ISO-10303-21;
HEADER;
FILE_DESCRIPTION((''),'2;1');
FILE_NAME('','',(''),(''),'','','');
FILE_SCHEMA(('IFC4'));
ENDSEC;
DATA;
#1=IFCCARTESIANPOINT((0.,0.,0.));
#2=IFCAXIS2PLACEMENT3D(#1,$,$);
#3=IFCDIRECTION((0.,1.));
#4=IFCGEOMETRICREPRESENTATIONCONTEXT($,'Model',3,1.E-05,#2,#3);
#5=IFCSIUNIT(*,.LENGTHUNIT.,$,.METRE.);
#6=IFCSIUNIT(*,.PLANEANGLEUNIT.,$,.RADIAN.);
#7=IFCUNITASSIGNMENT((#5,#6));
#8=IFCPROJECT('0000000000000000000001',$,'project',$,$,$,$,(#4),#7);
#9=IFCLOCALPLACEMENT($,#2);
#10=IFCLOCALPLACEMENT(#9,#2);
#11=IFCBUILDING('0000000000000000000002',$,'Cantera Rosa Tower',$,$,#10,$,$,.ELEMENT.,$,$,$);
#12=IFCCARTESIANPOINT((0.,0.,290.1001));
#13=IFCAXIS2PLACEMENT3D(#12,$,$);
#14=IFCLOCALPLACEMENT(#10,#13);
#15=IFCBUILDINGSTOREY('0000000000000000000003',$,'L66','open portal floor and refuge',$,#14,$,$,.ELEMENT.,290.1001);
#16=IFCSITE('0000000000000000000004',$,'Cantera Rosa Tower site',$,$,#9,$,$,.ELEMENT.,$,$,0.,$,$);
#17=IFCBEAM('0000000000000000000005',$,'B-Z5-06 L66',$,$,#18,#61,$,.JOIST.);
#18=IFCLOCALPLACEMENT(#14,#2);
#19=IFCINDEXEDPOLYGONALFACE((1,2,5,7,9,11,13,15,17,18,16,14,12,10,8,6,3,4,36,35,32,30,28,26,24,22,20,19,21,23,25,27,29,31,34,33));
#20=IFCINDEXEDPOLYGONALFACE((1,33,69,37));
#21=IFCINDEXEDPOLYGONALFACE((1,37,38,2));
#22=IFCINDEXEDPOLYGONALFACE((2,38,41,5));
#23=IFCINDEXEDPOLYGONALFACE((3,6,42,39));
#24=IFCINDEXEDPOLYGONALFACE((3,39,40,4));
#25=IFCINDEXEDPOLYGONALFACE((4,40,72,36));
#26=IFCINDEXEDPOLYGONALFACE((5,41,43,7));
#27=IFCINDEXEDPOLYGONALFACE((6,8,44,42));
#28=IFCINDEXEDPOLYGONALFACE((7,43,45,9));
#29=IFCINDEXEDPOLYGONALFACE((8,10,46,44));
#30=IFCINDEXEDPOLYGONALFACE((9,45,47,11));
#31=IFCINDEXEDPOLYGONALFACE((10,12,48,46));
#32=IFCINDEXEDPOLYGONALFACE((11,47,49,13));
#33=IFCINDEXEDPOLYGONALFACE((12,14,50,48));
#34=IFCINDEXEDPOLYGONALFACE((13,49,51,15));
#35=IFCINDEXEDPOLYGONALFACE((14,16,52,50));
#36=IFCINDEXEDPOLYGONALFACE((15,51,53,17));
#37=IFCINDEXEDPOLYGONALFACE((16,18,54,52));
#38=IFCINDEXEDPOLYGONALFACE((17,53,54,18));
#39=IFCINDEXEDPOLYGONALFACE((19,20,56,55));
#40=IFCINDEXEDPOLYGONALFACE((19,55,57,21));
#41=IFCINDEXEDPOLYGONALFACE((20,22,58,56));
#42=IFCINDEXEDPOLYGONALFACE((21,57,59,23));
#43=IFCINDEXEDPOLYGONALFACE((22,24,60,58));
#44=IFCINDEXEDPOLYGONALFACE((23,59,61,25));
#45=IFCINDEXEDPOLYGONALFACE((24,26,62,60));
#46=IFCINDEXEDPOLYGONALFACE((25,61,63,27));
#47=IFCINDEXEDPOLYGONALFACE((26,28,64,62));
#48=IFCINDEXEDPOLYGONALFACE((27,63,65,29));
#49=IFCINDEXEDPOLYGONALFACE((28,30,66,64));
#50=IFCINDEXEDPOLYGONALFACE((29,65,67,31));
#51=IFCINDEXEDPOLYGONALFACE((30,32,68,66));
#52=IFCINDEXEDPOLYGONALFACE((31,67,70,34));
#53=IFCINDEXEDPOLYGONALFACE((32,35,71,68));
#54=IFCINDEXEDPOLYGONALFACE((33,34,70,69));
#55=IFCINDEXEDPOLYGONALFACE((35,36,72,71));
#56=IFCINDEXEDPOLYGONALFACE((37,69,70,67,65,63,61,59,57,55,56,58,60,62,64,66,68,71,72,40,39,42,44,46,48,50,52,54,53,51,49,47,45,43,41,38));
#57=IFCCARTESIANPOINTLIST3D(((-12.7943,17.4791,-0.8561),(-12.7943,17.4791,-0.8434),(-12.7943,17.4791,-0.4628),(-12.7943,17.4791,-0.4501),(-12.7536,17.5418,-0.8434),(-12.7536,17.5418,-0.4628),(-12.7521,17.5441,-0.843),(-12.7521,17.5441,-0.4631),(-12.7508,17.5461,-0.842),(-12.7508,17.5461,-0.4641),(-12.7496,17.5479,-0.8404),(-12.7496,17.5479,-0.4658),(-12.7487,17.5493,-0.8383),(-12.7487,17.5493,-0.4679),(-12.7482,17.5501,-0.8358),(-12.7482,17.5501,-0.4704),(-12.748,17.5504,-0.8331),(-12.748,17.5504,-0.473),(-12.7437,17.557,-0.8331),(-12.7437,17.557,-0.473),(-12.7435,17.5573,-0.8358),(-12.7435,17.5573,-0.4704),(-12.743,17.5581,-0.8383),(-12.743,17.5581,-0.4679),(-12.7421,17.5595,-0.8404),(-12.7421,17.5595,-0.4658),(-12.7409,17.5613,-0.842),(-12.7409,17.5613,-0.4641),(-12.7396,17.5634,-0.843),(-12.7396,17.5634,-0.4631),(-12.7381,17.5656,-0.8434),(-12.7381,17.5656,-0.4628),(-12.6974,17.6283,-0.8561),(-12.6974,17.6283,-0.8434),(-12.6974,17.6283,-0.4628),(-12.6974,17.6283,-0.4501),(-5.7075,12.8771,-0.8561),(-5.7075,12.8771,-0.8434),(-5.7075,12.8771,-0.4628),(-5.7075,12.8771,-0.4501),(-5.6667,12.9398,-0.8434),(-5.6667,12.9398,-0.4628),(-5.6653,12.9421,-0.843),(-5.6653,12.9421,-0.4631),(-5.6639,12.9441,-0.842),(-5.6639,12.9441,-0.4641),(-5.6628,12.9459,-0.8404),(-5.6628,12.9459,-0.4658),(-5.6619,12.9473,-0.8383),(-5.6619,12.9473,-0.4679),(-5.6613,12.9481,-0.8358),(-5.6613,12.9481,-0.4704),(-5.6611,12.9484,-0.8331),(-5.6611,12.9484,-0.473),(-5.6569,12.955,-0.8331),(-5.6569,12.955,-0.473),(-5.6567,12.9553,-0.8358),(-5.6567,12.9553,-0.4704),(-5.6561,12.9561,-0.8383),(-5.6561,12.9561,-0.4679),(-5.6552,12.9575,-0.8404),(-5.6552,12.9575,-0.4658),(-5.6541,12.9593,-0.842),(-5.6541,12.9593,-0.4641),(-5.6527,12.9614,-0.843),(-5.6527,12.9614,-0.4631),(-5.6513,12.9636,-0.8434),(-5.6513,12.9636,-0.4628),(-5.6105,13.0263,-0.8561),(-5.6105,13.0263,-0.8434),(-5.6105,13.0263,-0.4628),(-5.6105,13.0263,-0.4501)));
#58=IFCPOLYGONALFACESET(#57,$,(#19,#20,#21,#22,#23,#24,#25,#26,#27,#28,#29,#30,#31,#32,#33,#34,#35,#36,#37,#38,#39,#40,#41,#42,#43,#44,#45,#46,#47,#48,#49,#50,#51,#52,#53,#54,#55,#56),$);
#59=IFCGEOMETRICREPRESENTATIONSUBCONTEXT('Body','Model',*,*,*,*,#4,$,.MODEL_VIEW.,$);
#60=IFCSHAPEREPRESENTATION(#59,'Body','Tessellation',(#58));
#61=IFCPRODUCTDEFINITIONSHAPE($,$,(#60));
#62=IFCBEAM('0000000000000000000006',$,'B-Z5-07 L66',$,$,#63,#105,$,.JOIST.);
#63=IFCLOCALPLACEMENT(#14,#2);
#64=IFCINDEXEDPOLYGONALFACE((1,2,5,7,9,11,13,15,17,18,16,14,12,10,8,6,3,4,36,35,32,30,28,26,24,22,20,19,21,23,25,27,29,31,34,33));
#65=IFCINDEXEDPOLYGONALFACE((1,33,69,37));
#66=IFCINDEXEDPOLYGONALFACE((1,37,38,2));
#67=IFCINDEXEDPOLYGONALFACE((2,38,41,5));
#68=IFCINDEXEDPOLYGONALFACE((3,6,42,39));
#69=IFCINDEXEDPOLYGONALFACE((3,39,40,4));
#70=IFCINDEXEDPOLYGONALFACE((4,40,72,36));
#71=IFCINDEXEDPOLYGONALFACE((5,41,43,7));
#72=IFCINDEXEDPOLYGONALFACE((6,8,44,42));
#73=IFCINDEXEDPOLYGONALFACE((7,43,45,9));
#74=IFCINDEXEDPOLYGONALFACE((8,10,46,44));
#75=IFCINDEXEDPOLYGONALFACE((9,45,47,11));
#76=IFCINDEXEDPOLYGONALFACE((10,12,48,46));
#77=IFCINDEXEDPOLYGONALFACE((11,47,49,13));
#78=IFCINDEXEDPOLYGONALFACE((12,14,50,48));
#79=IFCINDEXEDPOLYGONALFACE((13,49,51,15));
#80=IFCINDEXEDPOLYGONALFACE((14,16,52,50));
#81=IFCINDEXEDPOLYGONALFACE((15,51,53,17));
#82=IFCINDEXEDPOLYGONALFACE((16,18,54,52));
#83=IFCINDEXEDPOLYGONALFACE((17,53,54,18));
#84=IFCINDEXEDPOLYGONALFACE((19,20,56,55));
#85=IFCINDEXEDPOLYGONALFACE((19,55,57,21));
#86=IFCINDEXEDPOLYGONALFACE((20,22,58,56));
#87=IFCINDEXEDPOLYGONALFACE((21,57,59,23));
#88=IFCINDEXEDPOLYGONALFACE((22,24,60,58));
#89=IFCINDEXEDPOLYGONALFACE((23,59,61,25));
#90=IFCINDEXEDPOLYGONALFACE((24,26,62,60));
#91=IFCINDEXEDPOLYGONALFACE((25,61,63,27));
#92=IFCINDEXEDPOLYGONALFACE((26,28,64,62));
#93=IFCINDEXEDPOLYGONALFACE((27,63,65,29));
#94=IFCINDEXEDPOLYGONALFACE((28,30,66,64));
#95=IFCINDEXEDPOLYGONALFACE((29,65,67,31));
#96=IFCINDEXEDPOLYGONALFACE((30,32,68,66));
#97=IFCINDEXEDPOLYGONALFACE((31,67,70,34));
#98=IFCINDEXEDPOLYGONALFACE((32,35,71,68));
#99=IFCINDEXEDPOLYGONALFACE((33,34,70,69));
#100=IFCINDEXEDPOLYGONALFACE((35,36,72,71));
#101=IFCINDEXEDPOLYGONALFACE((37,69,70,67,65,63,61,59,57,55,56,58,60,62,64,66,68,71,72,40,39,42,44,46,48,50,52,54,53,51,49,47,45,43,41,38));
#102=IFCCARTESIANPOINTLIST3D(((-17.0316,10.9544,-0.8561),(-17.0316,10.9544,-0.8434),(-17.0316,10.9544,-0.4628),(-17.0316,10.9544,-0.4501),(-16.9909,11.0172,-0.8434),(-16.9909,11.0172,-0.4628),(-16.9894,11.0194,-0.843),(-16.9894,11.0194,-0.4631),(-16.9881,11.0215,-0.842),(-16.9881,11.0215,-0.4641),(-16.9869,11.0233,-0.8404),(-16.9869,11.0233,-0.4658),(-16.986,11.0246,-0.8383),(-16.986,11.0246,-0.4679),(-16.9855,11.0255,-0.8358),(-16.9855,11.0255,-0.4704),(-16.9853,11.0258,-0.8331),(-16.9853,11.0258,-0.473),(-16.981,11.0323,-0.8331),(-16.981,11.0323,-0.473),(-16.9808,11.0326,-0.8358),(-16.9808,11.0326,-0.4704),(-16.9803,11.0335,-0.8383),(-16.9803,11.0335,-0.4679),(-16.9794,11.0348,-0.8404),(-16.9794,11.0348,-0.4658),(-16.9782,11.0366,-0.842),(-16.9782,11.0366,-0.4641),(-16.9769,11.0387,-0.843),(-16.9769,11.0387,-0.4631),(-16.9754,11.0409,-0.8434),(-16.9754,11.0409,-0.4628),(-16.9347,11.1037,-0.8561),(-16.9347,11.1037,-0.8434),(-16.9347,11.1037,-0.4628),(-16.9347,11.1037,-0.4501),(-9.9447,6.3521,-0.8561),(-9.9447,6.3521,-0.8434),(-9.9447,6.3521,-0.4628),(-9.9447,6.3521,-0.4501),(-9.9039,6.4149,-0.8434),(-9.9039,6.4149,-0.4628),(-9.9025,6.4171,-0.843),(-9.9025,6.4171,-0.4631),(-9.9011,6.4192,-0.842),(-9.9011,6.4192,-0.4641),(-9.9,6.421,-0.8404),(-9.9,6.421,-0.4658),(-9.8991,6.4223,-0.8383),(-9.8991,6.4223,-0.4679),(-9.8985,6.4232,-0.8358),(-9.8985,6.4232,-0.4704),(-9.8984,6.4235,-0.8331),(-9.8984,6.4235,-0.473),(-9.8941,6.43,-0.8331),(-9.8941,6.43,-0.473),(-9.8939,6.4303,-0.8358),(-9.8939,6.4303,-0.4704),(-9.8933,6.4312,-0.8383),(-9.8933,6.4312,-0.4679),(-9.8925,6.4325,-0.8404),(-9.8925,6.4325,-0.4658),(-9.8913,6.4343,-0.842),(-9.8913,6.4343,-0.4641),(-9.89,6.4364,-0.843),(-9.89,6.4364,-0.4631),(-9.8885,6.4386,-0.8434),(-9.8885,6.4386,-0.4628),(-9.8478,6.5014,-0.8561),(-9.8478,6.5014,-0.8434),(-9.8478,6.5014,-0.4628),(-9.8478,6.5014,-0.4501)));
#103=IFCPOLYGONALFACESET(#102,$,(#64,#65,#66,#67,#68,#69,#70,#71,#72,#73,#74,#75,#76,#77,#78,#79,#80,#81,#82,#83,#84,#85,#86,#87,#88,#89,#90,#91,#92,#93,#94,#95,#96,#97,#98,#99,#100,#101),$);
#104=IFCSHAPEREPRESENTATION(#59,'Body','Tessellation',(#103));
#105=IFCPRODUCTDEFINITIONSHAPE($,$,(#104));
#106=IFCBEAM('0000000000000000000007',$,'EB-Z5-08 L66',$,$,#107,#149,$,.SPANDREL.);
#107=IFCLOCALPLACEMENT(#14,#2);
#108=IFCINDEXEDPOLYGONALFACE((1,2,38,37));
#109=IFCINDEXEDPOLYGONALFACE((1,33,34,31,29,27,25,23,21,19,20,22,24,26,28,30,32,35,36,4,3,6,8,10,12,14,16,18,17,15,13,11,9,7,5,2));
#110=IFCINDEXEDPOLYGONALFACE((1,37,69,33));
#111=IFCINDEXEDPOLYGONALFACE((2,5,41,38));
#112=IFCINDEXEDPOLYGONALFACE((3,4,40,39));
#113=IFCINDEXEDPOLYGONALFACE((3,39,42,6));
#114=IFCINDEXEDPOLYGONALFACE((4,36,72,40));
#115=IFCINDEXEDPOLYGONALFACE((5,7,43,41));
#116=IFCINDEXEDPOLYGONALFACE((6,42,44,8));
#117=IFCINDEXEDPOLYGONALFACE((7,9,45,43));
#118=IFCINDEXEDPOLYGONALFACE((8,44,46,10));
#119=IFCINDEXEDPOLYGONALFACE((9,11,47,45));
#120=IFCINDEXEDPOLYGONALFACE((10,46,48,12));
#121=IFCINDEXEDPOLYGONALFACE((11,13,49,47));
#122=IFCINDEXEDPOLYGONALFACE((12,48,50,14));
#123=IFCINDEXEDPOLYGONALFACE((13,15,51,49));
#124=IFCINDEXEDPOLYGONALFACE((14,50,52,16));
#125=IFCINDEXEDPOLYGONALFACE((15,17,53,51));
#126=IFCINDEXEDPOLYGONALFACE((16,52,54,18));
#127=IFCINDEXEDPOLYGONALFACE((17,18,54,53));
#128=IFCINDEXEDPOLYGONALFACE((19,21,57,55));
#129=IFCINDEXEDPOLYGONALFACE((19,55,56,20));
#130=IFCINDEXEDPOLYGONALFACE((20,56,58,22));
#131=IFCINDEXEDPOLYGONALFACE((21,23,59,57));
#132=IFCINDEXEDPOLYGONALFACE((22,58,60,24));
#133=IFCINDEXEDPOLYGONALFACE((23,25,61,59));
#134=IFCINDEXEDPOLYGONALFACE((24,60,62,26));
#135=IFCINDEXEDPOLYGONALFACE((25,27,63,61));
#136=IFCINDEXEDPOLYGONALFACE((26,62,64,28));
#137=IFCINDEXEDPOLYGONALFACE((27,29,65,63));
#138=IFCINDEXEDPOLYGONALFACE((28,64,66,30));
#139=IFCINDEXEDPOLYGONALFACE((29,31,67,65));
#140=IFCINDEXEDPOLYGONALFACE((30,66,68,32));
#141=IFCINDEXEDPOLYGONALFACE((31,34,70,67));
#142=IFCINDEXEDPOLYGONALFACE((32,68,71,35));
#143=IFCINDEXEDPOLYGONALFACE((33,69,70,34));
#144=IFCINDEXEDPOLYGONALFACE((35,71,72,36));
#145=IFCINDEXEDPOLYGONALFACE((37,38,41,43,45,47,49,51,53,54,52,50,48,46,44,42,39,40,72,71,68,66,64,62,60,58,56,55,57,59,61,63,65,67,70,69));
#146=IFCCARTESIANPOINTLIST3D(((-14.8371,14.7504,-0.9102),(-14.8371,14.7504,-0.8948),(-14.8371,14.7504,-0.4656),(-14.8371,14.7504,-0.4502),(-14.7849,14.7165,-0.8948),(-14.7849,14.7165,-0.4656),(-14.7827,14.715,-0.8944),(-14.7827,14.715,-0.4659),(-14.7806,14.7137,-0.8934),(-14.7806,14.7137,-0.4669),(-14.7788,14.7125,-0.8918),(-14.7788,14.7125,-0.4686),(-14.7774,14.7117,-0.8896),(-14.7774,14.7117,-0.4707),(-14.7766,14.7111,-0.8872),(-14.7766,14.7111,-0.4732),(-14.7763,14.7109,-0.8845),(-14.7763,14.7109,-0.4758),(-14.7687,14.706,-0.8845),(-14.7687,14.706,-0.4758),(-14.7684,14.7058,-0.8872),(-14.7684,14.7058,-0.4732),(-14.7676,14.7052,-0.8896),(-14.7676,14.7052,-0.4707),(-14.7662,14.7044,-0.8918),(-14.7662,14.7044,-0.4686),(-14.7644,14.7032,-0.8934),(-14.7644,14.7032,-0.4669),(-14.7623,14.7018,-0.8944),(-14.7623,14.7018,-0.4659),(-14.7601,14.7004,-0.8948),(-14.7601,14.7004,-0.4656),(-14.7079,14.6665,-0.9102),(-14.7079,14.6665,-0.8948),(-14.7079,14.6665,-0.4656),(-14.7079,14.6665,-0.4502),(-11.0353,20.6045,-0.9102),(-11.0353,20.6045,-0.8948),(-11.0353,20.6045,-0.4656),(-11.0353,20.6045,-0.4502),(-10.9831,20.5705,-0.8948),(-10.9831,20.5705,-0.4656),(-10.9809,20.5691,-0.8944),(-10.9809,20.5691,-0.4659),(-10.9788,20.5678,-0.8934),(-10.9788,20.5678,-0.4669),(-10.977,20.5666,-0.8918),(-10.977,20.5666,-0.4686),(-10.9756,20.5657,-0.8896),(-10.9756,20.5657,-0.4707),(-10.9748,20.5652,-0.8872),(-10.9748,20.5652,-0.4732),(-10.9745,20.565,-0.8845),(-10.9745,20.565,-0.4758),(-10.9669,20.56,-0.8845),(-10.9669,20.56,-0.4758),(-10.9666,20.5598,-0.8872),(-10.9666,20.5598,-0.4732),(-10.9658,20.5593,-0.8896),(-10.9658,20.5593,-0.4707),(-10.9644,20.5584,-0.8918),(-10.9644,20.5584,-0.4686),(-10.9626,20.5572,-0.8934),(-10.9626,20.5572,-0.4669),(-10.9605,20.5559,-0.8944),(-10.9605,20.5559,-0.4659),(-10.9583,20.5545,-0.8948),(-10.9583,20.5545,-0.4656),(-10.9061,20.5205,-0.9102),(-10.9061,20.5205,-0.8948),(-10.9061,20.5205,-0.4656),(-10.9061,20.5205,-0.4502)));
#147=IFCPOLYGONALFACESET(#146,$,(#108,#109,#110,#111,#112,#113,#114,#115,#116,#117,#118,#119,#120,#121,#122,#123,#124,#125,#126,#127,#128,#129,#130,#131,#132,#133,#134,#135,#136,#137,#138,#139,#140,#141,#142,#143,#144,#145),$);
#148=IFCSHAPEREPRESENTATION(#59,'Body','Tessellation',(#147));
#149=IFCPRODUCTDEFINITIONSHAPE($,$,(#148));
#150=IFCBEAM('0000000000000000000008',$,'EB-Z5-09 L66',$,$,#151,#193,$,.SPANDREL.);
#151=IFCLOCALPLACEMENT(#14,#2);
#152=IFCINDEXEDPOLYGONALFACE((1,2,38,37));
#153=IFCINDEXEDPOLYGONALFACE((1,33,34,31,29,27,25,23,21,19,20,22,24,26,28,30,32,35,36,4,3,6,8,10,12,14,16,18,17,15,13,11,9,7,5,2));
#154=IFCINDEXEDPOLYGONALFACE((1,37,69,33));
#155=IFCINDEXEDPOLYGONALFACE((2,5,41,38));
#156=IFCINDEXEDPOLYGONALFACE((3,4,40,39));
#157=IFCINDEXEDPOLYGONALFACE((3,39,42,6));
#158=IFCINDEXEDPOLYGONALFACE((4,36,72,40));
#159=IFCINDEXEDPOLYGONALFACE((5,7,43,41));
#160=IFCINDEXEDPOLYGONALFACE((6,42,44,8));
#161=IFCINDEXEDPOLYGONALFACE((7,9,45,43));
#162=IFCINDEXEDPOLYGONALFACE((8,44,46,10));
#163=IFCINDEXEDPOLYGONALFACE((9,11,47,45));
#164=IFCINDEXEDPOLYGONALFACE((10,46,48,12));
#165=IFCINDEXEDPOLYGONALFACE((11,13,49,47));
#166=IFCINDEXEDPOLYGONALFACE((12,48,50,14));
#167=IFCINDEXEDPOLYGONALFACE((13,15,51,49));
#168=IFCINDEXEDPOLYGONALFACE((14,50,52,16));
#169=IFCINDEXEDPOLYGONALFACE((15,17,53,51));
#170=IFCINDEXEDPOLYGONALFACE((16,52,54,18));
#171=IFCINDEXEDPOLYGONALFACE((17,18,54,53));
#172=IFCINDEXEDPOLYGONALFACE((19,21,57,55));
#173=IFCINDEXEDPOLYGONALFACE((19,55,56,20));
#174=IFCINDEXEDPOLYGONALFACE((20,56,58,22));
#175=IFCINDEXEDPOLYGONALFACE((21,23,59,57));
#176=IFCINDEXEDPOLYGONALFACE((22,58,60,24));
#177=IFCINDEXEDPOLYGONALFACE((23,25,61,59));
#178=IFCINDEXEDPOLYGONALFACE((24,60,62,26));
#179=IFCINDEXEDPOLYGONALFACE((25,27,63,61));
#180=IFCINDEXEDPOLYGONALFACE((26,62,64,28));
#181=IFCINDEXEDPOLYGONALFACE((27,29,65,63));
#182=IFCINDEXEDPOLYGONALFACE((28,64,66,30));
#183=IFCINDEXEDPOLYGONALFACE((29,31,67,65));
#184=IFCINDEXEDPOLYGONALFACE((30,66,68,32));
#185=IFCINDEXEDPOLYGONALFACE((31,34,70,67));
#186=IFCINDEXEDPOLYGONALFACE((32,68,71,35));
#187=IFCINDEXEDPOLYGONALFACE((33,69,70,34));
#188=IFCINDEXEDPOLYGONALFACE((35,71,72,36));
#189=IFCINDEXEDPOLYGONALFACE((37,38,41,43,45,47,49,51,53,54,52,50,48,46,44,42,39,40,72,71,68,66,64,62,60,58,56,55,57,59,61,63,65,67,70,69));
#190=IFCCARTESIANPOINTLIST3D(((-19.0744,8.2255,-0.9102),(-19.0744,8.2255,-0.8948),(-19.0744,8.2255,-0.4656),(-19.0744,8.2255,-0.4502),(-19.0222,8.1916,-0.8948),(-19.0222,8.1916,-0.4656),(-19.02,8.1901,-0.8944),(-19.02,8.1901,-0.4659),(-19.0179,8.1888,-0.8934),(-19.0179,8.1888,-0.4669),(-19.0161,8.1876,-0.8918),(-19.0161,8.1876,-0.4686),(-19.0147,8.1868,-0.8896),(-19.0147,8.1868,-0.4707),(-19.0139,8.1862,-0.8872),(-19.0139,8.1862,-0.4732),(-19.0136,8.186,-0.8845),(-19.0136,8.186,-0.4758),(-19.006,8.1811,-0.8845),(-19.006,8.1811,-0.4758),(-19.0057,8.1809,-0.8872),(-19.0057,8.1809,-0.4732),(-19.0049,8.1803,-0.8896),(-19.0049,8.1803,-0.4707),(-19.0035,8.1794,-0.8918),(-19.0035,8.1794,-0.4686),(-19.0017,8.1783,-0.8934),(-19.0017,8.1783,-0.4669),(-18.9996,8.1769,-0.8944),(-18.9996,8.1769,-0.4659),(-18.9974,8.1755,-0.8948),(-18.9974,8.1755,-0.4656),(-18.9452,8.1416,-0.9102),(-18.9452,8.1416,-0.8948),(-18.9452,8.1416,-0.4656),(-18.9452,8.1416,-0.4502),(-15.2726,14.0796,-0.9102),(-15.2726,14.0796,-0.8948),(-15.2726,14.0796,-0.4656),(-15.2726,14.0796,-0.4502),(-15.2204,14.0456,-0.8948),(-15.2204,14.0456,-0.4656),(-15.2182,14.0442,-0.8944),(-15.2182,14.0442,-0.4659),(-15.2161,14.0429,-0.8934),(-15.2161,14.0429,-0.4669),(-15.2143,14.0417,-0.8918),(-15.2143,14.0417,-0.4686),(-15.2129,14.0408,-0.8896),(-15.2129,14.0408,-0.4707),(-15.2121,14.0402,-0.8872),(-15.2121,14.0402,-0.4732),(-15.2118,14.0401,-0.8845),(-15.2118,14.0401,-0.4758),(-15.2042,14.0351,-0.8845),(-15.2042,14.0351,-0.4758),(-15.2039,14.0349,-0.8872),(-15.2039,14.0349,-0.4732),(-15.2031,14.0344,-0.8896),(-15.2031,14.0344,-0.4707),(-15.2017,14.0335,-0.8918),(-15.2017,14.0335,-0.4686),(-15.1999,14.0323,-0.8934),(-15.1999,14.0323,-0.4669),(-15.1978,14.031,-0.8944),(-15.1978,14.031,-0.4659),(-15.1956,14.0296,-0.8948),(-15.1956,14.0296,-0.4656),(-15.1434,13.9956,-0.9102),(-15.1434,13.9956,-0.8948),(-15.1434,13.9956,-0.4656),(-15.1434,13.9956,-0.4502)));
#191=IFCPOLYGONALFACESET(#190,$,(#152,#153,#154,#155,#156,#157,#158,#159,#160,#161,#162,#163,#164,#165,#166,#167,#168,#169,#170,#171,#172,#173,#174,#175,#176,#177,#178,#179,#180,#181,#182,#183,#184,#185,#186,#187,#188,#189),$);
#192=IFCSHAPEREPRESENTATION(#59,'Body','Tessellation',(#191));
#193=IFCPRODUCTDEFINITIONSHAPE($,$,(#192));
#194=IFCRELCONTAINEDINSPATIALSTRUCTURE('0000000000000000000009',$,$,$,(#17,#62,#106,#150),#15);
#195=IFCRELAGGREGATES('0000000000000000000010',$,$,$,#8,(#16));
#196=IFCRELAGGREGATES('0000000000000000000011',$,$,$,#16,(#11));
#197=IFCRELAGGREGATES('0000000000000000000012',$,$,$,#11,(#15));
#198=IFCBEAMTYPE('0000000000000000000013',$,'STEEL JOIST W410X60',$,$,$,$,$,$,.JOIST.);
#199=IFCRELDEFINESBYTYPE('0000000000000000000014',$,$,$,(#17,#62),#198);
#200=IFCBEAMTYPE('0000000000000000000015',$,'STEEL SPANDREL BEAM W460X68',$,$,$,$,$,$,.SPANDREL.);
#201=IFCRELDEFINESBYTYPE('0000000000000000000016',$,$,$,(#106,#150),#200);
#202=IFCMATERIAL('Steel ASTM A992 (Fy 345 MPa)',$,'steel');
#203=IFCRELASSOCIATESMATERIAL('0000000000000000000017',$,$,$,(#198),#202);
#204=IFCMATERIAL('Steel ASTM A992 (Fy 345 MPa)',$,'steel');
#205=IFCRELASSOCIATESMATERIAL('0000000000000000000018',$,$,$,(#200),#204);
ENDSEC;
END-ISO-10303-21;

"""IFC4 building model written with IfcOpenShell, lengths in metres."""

from ifc_helpers import new_model, si_unit, direction, frame, origin, origin_2d, place, context, subcontext, project, spatial, i_section, extrude, material, material_profile, profile_set, type_object, element, save


model = new_model("IFC4")

# Units and contexts
model_context = context("Model", 3, precision=1e-05, world=origin(), true_north=direction((0.0, 1.0)))
body_context = subcontext(model_context, "Body", "Model", "MODEL_VIEW")
ifc_project = project(units=[si_unit("LENGTHUNIT", "METRE"), si_unit("PLANEANGLEUNIT", "RADIAN")], contexts=[model_context])

# Site, building, storey
site_placement = place(None, origin())
site = spatial("IfcSite", under=ifc_project, at=site_placement, Name="Cantera Rosa Tower site", CompositionType="ELEMENT", RefElevation=0.0)
building_placement = place(site_placement, origin())
building = spatial("IfcBuilding", under=site, at=building_placement, Name="Cantera Rosa Tower", CompositionType="ELEMENT")
storey_placement = place(building_placement, frame((0.0, 0.0, 290.1001)))
storey = spatial("IfcBuildingStorey", under=building, at=storey_placement, Name="L66", Description="open portal floor and refuge", CompositionType="ELEMENT", Elevation=290.1001)

# Beams
ifc_material_1 = material(Name="Steel ASTM A992 (Fy 345 MPa)", Category="steel")
ifc_material_profile_1 = material_profile(ifc_material_1, i_section(OverallWidth=0.178, OverallDepth=0.406, WebThickness=0.0078, FlangeThickness=0.0127, FilletRadius=0.0103, at=origin_2d()), Name="W410X60")
ifc_profile_set_1 = profile_set([ifc_material_profile_1], Name="Steel ASTM A992 (Fy 345 MPa)")
beam_type_1 = type_object("IfcBeamType", Name="STEEL JOIST W410X60", PredefinedType="JOIST", material=ifc_profile_set_1)
beam_1_placement = place(storey_placement, frame((-12.7458, 17.5537, -0.6531), z_axis=(0.838684, -0.544619, 0.0), x_axis=(0.544619, 0.838684, 0.0)))
element("IfcBeam", 1, at=beam_1_placement, inside=storey, type_object=beam_type_1, Name="B-Z5-06 L66", PredefinedType="JOIST", context=body_context, shape_type="SweptSolid", body=[
    extrude(i_section(OverallWidth=0.178, OverallDepth=0.406, WebThickness=0.0078, FlangeThickness=0.0127, FilletRadius=0.0103, at=origin_2d()), origin(), (0.0, 0.0, 1.0), 8.45),
])
beam_2_placement = place(storey_placement, frame((-16.9832, 11.0291, -0.6531), z_axis=(0.838671, -0.544639, 0.0), x_axis=(0.544639, 0.838671, 0.0)))
element("IfcBeam", 2, at=beam_2_placement, inside=storey, type_object=beam_type_1, Name="B-Z5-07 L66", PredefinedType="JOIST", context=body_context, shape_type="SweptSolid", body=[
    extrude(i_section(OverallWidth=0.178, OverallDepth=0.406, WebThickness=0.0078, FlangeThickness=0.0127, FilletRadius=0.0103, at=origin_2d()), origin(), (0.0, 0.0, 1.0), 8.4502),
])
ifc_material_2 = material(Name="Steel ASTM A992 (Fy 345 MPa)", Category="steel")
ifc_material_profile_2 = material_profile(ifc_material_2, i_section(OverallWidth=0.1541, OverallDepth=0.46, WebThickness=0.009, FlangeThickness=0.0154, FilletRadius=0.0103, at=origin_2d()), Name="W460X68")
ifc_profile_set_2 = profile_set([ifc_material_profile_2], Name="Steel ASTM A992 (Fy 345 MPa)")
beam_type_2 = type_object("IfcBeamType", Name="STEEL SPANDREL BEAM W460X68", PredefinedType="SPANDREL", material=ifc_profile_set_2)
for number, where, z_axis, x_axis, name in (
    (3, (-10.9707, 20.5625, -0.6802), (-0.544651, -0.838663, 0.0), (0.838663, -0.544651, 0.0), "EB-Z5-08 L66"),
    (4, (-15.208, 14.0376, -0.6802), (-0.544651, -0.838663, 0.0), (0.838663, -0.544651, 0.0), "EB-Z5-09 L66"),
):
    element("IfcBeam", number, at=place(storey_placement, frame(where, z_axis=z_axis, x_axis=x_axis)), inside=storey, type_object=beam_type_2, Name=name, PredefinedType="SPANDREL", context=body_context, shape_type="SweptSolid", body=[
        extrude(i_section(OverallWidth=0.1541, OverallDepth=0.46, WebThickness=0.009, FlangeThickness=0.0154, FilletRadius=0.0103, at=origin_2d()), origin(), (0.0, 0.0, 1.0), 6.9802),
    ])

save(model, "model.ifc")
